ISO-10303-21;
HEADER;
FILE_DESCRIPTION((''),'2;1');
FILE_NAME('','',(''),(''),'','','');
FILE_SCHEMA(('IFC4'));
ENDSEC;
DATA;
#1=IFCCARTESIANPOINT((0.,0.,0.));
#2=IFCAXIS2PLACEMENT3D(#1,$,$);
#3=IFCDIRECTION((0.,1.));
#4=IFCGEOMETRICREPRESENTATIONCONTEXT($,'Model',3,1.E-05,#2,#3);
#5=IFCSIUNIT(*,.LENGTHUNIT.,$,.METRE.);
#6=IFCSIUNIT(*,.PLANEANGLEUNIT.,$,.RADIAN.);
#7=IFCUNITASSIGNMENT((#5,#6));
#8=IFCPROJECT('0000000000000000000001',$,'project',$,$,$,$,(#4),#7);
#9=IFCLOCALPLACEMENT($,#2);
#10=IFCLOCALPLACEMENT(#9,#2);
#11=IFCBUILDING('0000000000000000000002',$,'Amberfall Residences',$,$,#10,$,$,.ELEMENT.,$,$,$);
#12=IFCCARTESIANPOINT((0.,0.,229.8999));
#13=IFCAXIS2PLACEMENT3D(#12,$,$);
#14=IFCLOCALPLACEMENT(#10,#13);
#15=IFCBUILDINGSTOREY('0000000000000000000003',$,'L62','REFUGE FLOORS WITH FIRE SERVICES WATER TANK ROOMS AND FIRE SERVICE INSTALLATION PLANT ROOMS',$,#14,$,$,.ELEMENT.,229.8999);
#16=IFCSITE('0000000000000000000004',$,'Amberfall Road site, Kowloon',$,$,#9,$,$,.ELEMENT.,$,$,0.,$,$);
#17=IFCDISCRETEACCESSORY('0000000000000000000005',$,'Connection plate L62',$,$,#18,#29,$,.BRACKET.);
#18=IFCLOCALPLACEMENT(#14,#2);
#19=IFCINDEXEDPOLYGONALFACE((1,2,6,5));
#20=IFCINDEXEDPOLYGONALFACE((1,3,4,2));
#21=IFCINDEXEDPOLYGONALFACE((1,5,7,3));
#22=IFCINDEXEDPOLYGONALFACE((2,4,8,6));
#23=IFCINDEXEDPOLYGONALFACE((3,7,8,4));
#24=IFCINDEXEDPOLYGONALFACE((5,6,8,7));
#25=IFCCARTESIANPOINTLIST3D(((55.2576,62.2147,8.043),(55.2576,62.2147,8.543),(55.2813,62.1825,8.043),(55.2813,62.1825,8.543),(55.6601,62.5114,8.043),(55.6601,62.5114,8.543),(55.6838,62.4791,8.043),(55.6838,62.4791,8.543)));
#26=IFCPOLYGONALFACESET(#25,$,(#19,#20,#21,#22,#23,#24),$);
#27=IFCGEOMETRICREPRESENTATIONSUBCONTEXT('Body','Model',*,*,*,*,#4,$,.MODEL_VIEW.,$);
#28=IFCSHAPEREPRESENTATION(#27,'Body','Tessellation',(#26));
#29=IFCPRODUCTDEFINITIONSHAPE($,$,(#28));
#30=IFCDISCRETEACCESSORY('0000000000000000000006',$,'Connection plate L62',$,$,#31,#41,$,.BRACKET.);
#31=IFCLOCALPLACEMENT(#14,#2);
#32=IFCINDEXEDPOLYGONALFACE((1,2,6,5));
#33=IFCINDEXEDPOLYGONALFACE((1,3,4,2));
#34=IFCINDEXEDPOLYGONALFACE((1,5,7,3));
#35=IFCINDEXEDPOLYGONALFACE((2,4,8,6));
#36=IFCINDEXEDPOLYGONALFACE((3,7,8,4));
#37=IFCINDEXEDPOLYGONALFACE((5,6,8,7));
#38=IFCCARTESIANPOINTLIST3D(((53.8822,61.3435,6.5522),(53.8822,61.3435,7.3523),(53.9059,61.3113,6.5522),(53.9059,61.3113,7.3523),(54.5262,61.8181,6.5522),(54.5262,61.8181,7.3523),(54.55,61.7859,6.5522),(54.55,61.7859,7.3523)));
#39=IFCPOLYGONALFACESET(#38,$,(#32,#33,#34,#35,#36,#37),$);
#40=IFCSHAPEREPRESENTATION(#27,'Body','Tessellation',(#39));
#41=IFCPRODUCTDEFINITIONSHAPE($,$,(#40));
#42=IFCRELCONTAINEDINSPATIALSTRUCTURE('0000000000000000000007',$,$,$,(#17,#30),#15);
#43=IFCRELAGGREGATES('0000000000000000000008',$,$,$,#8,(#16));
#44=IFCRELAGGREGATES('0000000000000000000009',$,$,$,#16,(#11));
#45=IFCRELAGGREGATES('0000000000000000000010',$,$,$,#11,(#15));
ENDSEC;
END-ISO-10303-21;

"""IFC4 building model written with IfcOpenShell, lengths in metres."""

from ifc_helpers import new_model, si_unit, direction, frame, origin, origin_2d, place, context, subcontext, project, spatial, rectangle, extrude, element, save


model = new_model("IFC4")

# Units and contexts
model_context = context("Model", 3, precision=1e-05, world=origin(), true_north=direction((0.0, 1.0)))
body_context = subcontext(model_context, "Body", "Model", "MODEL_VIEW")
ifc_project = project(units=[si_unit("LENGTHUNIT", "METRE"), si_unit("PLANEANGLEUNIT", "RADIAN")], contexts=[model_context])

# Site, building, storey
site_placement = place(None, origin())
site = spatial("IfcSite", under=ifc_project, at=site_placement, Name="Amberfall Road site, Kowloon", CompositionType="ELEMENT", RefElevation=0.0)
building_placement = place(site_placement, origin())
building = spatial("IfcBuilding", under=site, at=building_placement, Name="Amberfall Residences", CompositionType="ELEMENT")
storey_placement = place(building_placement, frame((0.0, 0.0, 229.8999)))
storey = spatial("IfcBuildingStorey", under=building, at=storey_placement, Name="L62", Description="REFUGE FLOORS WITH FIRE SERVICES WATER TANK ROOMS AND FIRE SERVICE INSTALLATION PLANT ROOMS", CompositionType="ELEMENT", Elevation=229.8999)

# Discrete accessories
discrete_accessory_1_placement = place(storey_placement, frame((55.4707, 62.3469, 8.043), z_axis=(0.0, 0.0, 1.0), x_axis=(-0.804987, -0.593292, 0.0)))
element("IfcDiscreteAccessory", 1, at=discrete_accessory_1_placement, inside=storey, Name="Connection plate L62", PredefinedType="BRACKET", context=body_context, shape_type="SweptSolid", body=[
    extrude(rectangle(XDim=0.5, YDim=0.04, at=origin_2d()), origin(), (0.0, 0.0, 1.0), 0.5),
])
discrete_accessory_2_placement = place(storey_placement, frame((54.2161, 61.5647, 6.5522), z_axis=(0.0, 0.0, 1.0), x_axis=(-0.804987, -0.593292, 0.0)))
element("IfcDiscreteAccessory", 2, at=discrete_accessory_2_placement, inside=storey, Name="Connection plate L62", PredefinedType="BRACKET", context=body_context, shape_type="SweptSolid", body=[
    extrude(rectangle(XDim=0.8, YDim=0.04, at=origin_2d()), origin(), (0.0, 0.0, 1.0), 0.8),
])

save(model, "model.ifc")
